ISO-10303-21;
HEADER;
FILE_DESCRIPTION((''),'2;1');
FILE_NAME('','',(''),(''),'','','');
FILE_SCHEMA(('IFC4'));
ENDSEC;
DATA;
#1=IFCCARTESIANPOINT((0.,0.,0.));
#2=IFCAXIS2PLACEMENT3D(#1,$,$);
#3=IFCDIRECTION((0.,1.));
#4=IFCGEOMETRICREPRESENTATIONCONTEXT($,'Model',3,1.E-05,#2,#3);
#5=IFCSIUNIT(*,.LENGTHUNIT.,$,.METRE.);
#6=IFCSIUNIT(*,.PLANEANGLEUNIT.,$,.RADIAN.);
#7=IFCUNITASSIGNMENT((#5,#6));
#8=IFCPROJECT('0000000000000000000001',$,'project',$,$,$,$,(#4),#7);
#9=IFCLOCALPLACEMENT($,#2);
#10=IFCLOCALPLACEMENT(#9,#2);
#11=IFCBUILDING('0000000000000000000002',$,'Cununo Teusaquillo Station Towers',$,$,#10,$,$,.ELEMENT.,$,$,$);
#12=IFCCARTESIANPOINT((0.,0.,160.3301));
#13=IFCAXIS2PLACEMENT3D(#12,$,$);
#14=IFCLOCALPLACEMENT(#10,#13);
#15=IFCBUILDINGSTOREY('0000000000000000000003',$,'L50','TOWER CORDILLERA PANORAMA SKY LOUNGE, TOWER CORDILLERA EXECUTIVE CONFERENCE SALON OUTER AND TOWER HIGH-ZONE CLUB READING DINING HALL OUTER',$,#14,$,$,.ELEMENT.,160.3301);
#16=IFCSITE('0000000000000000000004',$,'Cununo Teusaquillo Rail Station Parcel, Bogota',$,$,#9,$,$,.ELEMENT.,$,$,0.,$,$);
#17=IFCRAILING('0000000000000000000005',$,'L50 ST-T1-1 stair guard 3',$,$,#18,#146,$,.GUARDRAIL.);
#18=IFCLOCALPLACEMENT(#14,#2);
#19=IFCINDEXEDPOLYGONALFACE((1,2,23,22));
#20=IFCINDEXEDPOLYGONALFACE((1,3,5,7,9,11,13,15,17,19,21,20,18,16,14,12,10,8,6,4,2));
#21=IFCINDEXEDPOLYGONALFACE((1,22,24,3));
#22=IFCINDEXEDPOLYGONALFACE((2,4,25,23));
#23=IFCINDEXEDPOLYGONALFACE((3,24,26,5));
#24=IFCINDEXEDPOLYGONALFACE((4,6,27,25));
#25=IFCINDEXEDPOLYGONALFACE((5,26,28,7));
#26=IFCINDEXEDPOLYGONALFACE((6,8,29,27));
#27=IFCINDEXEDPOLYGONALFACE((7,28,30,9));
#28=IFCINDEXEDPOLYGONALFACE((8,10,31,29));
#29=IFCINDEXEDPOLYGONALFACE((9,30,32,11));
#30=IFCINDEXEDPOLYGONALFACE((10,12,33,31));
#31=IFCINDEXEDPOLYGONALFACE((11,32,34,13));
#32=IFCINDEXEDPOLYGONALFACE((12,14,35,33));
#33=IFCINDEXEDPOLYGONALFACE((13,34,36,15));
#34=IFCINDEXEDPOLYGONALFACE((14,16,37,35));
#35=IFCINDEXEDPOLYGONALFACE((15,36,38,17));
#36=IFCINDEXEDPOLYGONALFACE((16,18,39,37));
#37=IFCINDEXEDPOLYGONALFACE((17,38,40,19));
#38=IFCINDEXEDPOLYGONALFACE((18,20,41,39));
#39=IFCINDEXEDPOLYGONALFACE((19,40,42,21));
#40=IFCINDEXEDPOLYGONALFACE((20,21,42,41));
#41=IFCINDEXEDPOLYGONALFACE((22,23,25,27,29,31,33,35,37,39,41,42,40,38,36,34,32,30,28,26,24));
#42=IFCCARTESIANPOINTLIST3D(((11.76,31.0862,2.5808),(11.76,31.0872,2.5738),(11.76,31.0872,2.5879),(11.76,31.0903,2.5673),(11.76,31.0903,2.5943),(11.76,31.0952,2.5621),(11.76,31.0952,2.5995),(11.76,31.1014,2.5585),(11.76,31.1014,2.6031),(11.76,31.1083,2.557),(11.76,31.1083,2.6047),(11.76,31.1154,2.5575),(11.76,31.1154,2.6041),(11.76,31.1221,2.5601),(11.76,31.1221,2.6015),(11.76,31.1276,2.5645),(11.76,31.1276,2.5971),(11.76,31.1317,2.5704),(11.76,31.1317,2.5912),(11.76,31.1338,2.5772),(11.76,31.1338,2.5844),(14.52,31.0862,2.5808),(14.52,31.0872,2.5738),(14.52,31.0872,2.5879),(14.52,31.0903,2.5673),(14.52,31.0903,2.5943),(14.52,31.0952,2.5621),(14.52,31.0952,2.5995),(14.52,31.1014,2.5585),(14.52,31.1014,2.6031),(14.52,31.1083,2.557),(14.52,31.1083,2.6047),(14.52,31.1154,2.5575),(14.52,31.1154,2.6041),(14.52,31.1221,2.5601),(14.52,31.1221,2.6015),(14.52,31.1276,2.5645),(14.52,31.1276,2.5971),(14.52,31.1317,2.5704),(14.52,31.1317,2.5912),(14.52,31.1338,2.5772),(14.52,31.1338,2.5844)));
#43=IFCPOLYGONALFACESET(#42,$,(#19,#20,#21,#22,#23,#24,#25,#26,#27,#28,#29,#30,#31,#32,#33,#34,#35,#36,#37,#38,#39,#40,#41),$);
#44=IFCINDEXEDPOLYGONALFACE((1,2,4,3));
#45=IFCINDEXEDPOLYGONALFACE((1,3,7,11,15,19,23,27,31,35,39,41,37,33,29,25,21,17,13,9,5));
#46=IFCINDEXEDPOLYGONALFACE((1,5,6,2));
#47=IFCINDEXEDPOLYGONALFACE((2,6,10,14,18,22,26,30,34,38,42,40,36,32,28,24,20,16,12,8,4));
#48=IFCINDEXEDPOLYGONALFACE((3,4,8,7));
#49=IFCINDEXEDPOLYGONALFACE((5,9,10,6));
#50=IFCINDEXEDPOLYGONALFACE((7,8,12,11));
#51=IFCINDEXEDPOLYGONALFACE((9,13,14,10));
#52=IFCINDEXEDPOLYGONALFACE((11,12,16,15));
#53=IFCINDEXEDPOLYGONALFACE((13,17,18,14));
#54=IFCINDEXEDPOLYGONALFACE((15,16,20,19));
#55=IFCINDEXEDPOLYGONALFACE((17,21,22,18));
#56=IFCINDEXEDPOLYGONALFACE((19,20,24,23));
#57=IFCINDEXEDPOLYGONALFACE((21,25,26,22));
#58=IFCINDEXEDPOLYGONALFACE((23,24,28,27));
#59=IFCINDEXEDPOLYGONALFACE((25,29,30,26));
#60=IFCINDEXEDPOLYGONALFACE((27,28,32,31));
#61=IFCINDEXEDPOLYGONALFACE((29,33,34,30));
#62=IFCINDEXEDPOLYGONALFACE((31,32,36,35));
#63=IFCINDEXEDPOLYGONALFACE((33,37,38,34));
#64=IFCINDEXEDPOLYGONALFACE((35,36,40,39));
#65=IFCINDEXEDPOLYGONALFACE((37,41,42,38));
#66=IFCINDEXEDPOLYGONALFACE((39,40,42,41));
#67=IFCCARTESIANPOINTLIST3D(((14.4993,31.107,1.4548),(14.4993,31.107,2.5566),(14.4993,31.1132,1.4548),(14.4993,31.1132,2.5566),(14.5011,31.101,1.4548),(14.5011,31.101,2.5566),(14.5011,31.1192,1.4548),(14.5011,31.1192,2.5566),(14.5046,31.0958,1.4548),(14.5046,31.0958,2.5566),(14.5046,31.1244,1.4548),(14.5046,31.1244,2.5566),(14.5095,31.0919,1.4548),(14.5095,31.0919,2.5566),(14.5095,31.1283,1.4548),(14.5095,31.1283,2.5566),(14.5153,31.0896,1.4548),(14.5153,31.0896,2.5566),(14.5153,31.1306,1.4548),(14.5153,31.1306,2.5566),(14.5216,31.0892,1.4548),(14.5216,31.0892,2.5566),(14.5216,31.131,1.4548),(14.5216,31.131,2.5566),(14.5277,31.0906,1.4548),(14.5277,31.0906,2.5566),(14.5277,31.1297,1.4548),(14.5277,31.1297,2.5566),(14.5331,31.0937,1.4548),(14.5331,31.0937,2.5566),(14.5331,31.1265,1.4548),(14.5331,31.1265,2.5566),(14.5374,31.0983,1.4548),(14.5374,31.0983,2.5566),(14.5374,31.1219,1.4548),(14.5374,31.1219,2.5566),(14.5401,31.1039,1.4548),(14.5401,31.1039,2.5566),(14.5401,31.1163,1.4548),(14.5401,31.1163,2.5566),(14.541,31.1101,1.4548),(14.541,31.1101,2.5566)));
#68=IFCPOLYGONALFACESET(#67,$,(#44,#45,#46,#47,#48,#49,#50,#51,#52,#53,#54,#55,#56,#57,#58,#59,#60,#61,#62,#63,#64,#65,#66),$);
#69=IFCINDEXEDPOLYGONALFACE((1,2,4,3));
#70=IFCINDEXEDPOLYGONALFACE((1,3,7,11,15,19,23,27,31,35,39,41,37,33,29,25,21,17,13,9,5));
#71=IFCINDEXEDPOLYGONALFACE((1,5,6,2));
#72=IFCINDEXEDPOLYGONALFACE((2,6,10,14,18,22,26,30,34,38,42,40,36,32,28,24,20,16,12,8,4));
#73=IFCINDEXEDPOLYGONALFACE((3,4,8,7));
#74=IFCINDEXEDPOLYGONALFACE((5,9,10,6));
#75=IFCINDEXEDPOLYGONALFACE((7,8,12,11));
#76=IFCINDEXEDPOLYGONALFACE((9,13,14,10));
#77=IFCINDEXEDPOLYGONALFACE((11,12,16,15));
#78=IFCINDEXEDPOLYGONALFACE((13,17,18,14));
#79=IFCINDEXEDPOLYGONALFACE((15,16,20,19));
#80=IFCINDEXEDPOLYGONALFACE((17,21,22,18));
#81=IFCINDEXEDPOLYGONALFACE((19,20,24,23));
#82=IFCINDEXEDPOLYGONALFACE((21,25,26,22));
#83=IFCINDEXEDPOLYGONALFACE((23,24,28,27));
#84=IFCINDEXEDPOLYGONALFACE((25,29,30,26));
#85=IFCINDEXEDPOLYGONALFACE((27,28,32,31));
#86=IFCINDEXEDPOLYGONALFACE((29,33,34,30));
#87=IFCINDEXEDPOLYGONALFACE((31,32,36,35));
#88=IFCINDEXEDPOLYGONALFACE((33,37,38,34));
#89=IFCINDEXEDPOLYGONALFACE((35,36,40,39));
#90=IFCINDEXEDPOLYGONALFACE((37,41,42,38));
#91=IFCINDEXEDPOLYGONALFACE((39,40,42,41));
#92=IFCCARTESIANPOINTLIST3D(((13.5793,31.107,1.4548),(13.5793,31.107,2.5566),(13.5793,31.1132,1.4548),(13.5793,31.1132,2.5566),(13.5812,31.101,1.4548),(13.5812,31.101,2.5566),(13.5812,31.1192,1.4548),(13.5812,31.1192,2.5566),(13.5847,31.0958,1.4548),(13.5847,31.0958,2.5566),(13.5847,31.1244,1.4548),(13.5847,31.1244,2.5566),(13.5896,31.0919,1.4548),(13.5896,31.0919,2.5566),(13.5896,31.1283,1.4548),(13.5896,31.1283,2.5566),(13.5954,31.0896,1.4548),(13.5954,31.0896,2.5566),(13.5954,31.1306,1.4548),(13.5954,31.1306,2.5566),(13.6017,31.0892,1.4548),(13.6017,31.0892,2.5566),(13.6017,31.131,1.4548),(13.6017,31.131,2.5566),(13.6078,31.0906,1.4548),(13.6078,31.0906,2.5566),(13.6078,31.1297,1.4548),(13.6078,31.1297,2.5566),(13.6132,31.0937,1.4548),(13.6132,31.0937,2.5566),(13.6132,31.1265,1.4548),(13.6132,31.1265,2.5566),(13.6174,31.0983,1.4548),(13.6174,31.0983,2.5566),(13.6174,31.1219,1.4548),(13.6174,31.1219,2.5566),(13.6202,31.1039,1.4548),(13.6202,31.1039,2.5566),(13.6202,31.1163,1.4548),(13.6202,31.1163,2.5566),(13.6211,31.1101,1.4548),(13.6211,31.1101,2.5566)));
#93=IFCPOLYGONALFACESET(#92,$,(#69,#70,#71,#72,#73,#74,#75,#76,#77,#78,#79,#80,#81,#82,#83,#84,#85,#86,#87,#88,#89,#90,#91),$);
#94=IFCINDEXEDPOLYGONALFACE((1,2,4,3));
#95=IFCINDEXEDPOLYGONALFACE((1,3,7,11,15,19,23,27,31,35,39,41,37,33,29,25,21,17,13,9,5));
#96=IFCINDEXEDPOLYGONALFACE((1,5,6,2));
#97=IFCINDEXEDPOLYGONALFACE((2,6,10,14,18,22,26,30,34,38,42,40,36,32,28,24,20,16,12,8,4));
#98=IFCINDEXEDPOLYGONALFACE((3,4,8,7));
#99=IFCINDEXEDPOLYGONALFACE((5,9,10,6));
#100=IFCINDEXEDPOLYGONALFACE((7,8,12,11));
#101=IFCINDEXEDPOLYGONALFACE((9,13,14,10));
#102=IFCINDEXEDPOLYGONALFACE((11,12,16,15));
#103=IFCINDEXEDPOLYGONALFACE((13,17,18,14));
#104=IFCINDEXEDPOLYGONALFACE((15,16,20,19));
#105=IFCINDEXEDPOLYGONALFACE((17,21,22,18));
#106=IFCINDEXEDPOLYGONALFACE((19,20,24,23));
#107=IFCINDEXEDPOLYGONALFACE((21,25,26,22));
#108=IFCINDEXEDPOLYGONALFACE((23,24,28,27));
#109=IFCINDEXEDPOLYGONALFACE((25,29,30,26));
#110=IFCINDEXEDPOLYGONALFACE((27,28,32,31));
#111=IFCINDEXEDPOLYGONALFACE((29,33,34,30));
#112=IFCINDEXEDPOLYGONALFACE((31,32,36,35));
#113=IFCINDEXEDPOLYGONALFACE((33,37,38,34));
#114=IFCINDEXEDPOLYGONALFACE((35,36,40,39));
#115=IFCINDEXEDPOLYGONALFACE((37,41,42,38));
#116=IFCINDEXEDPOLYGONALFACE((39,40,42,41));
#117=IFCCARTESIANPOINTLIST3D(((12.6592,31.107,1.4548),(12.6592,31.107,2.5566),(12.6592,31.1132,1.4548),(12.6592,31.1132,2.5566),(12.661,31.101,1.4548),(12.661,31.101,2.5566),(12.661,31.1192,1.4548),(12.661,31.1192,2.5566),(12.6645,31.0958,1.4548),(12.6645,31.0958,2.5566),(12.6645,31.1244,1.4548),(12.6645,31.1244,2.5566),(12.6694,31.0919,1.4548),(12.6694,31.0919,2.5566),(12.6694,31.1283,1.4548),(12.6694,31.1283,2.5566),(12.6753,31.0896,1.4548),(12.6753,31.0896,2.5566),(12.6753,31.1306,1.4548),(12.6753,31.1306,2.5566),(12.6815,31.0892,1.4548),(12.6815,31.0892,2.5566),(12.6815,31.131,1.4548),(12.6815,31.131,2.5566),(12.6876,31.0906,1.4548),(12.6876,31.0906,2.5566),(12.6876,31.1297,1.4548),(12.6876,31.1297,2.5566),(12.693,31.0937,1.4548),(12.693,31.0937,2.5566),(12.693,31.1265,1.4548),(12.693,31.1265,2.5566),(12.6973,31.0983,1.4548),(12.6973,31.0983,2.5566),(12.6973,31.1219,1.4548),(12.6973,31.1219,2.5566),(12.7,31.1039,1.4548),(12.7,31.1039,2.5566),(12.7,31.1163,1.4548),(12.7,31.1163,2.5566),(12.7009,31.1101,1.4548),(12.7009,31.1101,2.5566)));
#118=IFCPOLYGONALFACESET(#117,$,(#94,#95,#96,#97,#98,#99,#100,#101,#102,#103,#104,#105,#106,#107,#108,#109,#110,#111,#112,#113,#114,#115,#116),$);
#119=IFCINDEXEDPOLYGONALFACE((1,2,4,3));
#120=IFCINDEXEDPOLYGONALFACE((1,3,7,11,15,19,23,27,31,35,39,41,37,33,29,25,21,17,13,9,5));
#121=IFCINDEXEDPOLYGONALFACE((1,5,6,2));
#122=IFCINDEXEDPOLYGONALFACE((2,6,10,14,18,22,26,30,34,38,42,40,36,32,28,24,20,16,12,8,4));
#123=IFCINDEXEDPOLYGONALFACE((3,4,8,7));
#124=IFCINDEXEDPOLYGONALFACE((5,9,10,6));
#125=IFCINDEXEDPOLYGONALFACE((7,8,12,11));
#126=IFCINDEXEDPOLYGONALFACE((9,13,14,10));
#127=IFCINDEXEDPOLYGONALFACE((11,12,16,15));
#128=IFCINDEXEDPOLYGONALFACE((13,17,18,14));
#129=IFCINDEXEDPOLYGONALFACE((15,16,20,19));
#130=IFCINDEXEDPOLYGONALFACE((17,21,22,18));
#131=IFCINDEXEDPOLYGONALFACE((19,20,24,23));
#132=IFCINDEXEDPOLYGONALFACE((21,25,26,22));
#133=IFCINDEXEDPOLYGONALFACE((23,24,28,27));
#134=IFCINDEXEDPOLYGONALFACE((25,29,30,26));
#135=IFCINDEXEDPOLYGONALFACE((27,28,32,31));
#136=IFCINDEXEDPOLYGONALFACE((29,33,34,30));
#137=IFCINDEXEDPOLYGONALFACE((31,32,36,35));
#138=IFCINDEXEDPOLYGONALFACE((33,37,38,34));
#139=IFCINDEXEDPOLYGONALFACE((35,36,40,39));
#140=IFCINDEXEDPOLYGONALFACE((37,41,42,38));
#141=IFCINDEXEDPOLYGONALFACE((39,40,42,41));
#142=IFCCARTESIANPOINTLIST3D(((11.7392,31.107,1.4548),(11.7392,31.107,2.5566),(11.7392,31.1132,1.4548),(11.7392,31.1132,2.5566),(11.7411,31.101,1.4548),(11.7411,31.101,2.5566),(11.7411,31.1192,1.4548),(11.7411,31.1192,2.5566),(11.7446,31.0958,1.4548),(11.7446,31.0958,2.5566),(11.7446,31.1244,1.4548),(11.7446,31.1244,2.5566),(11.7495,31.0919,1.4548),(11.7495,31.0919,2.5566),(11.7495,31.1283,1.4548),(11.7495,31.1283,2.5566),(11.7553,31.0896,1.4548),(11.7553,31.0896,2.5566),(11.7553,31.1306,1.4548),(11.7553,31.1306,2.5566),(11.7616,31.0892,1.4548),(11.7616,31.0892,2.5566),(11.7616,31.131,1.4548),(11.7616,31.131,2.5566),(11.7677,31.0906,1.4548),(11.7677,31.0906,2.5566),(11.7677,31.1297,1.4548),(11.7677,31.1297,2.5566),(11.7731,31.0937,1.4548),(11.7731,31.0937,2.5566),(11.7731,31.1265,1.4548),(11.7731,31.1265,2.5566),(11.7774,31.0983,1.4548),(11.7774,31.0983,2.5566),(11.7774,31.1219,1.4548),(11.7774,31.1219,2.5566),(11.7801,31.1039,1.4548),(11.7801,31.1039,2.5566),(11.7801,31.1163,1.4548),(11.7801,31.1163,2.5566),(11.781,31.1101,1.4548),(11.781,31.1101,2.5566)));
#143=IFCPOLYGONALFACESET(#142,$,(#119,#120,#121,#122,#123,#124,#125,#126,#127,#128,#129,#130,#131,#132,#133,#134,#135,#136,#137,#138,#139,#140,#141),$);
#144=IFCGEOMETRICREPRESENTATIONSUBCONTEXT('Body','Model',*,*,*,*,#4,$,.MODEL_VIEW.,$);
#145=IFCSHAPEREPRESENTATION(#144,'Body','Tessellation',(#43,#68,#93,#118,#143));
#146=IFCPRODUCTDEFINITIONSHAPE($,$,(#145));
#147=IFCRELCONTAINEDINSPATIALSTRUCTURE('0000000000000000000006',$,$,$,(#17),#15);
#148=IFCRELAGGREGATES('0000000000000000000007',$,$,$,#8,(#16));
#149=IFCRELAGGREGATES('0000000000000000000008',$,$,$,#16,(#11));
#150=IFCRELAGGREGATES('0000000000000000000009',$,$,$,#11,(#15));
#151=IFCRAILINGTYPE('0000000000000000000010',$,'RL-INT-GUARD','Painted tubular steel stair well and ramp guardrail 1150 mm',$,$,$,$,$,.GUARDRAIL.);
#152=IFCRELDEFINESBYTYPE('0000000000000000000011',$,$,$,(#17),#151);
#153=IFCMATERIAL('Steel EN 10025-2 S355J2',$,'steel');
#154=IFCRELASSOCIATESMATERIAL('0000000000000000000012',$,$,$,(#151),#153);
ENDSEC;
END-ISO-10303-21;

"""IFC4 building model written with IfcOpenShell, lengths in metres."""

from ifc_helpers import new_model, si_unit, direction, frame, origin, origin_2d, place, context, subcontext, project, spatial, circle, extrude, material, type_object, element, save


model = new_model("IFC4")

# Units and contexts
model_context = context("Model", 3, precision=1e-05, world=origin(), true_north=direction((0.0, 1.0)))
body_context = subcontext(model_context, "Body", "Model", "MODEL_VIEW")
ifc_project = project(units=[si_unit("LENGTHUNIT", "METRE"), si_unit("PLANEANGLEUNIT", "RADIAN")], contexts=[model_context])

# Site, building, storey
site_placement = place(None, origin())
site = spatial("IfcSite", under=ifc_project, at=site_placement, Name="Cununo Teusaquillo Rail Station Parcel, Bogota", CompositionType="ELEMENT", RefElevation=0.0)
building_placement = place(site_placement, origin())
building = spatial("IfcBuilding", under=site, at=building_placement, Name="Cununo Teusaquillo Station Towers", CompositionType="ELEMENT")
storey_placement = place(building_placement, frame((0.0, 0.0, 160.3301)))
storey = spatial("IfcBuildingStorey", under=building, at=storey_placement, Name="L50", Description="TOWER CORDILLERA PANORAMA SKY LOUNGE, TOWER CORDILLERA EXECUTIVE CONFERENCE SALON OUTER AND TOWER HIGH-ZONE CLUB READING DINING HALL OUTER", CompositionType="ELEMENT", Elevation=160.3301)

# Railing
ifc_material_1 = material(Name="Steel EN 10025-2 S355J2", Category="steel")
railing_type_1 = type_object("IfcRailingType", Name="RL-INT-GUARD", Description="Painted tubular steel stair well and ramp guardrail 1150 mm", PredefinedType="GUARDRAIL", material=ifc_material_1)
railing_1_placement = place(storey_placement, frame((14.52, 31.1101, 1.4548)))
element("IfcRailing", 1, at=railing_1_placement, inside=storey, type_object=railing_type_1, Name="L50 ST-T1-1 stair guard 3", PredefinedType="GUARDRAIL", context=body_context, shape_type="SweptSolid", body=[
    extrude(circle(Radius=0.0239, at=origin_2d()), frame((0.0, 0.0, 1.126), z_axis=(-1.0, 0.0, 0.0), x_axis=(0.0, -1.0, 0.0)), (0.0, 0.0, 1.0), 2.76),
    extrude(circle(Radius=0.021, at=origin_2d()), origin(), (0.0, 0.0, 1.0), 1.1018),
    extrude(circle(Radius=0.021, at=origin_2d()), frame((-0.9199, 0.0, 0.0)), (0.0, 0.0, 1.0), 1.1018),
    extrude(circle(Radius=0.021, at=origin_2d()), frame((-1.8401, 0.0, 0.0)), (0.0, 0.0, 1.0), 1.1018),
    extrude(circle(Radius=0.021, at=origin_2d()), frame((-2.76, 0.0, 0.0)), (0.0, 0.0, 1.0), 1.1018),
])

save(model, "model.ifc")
